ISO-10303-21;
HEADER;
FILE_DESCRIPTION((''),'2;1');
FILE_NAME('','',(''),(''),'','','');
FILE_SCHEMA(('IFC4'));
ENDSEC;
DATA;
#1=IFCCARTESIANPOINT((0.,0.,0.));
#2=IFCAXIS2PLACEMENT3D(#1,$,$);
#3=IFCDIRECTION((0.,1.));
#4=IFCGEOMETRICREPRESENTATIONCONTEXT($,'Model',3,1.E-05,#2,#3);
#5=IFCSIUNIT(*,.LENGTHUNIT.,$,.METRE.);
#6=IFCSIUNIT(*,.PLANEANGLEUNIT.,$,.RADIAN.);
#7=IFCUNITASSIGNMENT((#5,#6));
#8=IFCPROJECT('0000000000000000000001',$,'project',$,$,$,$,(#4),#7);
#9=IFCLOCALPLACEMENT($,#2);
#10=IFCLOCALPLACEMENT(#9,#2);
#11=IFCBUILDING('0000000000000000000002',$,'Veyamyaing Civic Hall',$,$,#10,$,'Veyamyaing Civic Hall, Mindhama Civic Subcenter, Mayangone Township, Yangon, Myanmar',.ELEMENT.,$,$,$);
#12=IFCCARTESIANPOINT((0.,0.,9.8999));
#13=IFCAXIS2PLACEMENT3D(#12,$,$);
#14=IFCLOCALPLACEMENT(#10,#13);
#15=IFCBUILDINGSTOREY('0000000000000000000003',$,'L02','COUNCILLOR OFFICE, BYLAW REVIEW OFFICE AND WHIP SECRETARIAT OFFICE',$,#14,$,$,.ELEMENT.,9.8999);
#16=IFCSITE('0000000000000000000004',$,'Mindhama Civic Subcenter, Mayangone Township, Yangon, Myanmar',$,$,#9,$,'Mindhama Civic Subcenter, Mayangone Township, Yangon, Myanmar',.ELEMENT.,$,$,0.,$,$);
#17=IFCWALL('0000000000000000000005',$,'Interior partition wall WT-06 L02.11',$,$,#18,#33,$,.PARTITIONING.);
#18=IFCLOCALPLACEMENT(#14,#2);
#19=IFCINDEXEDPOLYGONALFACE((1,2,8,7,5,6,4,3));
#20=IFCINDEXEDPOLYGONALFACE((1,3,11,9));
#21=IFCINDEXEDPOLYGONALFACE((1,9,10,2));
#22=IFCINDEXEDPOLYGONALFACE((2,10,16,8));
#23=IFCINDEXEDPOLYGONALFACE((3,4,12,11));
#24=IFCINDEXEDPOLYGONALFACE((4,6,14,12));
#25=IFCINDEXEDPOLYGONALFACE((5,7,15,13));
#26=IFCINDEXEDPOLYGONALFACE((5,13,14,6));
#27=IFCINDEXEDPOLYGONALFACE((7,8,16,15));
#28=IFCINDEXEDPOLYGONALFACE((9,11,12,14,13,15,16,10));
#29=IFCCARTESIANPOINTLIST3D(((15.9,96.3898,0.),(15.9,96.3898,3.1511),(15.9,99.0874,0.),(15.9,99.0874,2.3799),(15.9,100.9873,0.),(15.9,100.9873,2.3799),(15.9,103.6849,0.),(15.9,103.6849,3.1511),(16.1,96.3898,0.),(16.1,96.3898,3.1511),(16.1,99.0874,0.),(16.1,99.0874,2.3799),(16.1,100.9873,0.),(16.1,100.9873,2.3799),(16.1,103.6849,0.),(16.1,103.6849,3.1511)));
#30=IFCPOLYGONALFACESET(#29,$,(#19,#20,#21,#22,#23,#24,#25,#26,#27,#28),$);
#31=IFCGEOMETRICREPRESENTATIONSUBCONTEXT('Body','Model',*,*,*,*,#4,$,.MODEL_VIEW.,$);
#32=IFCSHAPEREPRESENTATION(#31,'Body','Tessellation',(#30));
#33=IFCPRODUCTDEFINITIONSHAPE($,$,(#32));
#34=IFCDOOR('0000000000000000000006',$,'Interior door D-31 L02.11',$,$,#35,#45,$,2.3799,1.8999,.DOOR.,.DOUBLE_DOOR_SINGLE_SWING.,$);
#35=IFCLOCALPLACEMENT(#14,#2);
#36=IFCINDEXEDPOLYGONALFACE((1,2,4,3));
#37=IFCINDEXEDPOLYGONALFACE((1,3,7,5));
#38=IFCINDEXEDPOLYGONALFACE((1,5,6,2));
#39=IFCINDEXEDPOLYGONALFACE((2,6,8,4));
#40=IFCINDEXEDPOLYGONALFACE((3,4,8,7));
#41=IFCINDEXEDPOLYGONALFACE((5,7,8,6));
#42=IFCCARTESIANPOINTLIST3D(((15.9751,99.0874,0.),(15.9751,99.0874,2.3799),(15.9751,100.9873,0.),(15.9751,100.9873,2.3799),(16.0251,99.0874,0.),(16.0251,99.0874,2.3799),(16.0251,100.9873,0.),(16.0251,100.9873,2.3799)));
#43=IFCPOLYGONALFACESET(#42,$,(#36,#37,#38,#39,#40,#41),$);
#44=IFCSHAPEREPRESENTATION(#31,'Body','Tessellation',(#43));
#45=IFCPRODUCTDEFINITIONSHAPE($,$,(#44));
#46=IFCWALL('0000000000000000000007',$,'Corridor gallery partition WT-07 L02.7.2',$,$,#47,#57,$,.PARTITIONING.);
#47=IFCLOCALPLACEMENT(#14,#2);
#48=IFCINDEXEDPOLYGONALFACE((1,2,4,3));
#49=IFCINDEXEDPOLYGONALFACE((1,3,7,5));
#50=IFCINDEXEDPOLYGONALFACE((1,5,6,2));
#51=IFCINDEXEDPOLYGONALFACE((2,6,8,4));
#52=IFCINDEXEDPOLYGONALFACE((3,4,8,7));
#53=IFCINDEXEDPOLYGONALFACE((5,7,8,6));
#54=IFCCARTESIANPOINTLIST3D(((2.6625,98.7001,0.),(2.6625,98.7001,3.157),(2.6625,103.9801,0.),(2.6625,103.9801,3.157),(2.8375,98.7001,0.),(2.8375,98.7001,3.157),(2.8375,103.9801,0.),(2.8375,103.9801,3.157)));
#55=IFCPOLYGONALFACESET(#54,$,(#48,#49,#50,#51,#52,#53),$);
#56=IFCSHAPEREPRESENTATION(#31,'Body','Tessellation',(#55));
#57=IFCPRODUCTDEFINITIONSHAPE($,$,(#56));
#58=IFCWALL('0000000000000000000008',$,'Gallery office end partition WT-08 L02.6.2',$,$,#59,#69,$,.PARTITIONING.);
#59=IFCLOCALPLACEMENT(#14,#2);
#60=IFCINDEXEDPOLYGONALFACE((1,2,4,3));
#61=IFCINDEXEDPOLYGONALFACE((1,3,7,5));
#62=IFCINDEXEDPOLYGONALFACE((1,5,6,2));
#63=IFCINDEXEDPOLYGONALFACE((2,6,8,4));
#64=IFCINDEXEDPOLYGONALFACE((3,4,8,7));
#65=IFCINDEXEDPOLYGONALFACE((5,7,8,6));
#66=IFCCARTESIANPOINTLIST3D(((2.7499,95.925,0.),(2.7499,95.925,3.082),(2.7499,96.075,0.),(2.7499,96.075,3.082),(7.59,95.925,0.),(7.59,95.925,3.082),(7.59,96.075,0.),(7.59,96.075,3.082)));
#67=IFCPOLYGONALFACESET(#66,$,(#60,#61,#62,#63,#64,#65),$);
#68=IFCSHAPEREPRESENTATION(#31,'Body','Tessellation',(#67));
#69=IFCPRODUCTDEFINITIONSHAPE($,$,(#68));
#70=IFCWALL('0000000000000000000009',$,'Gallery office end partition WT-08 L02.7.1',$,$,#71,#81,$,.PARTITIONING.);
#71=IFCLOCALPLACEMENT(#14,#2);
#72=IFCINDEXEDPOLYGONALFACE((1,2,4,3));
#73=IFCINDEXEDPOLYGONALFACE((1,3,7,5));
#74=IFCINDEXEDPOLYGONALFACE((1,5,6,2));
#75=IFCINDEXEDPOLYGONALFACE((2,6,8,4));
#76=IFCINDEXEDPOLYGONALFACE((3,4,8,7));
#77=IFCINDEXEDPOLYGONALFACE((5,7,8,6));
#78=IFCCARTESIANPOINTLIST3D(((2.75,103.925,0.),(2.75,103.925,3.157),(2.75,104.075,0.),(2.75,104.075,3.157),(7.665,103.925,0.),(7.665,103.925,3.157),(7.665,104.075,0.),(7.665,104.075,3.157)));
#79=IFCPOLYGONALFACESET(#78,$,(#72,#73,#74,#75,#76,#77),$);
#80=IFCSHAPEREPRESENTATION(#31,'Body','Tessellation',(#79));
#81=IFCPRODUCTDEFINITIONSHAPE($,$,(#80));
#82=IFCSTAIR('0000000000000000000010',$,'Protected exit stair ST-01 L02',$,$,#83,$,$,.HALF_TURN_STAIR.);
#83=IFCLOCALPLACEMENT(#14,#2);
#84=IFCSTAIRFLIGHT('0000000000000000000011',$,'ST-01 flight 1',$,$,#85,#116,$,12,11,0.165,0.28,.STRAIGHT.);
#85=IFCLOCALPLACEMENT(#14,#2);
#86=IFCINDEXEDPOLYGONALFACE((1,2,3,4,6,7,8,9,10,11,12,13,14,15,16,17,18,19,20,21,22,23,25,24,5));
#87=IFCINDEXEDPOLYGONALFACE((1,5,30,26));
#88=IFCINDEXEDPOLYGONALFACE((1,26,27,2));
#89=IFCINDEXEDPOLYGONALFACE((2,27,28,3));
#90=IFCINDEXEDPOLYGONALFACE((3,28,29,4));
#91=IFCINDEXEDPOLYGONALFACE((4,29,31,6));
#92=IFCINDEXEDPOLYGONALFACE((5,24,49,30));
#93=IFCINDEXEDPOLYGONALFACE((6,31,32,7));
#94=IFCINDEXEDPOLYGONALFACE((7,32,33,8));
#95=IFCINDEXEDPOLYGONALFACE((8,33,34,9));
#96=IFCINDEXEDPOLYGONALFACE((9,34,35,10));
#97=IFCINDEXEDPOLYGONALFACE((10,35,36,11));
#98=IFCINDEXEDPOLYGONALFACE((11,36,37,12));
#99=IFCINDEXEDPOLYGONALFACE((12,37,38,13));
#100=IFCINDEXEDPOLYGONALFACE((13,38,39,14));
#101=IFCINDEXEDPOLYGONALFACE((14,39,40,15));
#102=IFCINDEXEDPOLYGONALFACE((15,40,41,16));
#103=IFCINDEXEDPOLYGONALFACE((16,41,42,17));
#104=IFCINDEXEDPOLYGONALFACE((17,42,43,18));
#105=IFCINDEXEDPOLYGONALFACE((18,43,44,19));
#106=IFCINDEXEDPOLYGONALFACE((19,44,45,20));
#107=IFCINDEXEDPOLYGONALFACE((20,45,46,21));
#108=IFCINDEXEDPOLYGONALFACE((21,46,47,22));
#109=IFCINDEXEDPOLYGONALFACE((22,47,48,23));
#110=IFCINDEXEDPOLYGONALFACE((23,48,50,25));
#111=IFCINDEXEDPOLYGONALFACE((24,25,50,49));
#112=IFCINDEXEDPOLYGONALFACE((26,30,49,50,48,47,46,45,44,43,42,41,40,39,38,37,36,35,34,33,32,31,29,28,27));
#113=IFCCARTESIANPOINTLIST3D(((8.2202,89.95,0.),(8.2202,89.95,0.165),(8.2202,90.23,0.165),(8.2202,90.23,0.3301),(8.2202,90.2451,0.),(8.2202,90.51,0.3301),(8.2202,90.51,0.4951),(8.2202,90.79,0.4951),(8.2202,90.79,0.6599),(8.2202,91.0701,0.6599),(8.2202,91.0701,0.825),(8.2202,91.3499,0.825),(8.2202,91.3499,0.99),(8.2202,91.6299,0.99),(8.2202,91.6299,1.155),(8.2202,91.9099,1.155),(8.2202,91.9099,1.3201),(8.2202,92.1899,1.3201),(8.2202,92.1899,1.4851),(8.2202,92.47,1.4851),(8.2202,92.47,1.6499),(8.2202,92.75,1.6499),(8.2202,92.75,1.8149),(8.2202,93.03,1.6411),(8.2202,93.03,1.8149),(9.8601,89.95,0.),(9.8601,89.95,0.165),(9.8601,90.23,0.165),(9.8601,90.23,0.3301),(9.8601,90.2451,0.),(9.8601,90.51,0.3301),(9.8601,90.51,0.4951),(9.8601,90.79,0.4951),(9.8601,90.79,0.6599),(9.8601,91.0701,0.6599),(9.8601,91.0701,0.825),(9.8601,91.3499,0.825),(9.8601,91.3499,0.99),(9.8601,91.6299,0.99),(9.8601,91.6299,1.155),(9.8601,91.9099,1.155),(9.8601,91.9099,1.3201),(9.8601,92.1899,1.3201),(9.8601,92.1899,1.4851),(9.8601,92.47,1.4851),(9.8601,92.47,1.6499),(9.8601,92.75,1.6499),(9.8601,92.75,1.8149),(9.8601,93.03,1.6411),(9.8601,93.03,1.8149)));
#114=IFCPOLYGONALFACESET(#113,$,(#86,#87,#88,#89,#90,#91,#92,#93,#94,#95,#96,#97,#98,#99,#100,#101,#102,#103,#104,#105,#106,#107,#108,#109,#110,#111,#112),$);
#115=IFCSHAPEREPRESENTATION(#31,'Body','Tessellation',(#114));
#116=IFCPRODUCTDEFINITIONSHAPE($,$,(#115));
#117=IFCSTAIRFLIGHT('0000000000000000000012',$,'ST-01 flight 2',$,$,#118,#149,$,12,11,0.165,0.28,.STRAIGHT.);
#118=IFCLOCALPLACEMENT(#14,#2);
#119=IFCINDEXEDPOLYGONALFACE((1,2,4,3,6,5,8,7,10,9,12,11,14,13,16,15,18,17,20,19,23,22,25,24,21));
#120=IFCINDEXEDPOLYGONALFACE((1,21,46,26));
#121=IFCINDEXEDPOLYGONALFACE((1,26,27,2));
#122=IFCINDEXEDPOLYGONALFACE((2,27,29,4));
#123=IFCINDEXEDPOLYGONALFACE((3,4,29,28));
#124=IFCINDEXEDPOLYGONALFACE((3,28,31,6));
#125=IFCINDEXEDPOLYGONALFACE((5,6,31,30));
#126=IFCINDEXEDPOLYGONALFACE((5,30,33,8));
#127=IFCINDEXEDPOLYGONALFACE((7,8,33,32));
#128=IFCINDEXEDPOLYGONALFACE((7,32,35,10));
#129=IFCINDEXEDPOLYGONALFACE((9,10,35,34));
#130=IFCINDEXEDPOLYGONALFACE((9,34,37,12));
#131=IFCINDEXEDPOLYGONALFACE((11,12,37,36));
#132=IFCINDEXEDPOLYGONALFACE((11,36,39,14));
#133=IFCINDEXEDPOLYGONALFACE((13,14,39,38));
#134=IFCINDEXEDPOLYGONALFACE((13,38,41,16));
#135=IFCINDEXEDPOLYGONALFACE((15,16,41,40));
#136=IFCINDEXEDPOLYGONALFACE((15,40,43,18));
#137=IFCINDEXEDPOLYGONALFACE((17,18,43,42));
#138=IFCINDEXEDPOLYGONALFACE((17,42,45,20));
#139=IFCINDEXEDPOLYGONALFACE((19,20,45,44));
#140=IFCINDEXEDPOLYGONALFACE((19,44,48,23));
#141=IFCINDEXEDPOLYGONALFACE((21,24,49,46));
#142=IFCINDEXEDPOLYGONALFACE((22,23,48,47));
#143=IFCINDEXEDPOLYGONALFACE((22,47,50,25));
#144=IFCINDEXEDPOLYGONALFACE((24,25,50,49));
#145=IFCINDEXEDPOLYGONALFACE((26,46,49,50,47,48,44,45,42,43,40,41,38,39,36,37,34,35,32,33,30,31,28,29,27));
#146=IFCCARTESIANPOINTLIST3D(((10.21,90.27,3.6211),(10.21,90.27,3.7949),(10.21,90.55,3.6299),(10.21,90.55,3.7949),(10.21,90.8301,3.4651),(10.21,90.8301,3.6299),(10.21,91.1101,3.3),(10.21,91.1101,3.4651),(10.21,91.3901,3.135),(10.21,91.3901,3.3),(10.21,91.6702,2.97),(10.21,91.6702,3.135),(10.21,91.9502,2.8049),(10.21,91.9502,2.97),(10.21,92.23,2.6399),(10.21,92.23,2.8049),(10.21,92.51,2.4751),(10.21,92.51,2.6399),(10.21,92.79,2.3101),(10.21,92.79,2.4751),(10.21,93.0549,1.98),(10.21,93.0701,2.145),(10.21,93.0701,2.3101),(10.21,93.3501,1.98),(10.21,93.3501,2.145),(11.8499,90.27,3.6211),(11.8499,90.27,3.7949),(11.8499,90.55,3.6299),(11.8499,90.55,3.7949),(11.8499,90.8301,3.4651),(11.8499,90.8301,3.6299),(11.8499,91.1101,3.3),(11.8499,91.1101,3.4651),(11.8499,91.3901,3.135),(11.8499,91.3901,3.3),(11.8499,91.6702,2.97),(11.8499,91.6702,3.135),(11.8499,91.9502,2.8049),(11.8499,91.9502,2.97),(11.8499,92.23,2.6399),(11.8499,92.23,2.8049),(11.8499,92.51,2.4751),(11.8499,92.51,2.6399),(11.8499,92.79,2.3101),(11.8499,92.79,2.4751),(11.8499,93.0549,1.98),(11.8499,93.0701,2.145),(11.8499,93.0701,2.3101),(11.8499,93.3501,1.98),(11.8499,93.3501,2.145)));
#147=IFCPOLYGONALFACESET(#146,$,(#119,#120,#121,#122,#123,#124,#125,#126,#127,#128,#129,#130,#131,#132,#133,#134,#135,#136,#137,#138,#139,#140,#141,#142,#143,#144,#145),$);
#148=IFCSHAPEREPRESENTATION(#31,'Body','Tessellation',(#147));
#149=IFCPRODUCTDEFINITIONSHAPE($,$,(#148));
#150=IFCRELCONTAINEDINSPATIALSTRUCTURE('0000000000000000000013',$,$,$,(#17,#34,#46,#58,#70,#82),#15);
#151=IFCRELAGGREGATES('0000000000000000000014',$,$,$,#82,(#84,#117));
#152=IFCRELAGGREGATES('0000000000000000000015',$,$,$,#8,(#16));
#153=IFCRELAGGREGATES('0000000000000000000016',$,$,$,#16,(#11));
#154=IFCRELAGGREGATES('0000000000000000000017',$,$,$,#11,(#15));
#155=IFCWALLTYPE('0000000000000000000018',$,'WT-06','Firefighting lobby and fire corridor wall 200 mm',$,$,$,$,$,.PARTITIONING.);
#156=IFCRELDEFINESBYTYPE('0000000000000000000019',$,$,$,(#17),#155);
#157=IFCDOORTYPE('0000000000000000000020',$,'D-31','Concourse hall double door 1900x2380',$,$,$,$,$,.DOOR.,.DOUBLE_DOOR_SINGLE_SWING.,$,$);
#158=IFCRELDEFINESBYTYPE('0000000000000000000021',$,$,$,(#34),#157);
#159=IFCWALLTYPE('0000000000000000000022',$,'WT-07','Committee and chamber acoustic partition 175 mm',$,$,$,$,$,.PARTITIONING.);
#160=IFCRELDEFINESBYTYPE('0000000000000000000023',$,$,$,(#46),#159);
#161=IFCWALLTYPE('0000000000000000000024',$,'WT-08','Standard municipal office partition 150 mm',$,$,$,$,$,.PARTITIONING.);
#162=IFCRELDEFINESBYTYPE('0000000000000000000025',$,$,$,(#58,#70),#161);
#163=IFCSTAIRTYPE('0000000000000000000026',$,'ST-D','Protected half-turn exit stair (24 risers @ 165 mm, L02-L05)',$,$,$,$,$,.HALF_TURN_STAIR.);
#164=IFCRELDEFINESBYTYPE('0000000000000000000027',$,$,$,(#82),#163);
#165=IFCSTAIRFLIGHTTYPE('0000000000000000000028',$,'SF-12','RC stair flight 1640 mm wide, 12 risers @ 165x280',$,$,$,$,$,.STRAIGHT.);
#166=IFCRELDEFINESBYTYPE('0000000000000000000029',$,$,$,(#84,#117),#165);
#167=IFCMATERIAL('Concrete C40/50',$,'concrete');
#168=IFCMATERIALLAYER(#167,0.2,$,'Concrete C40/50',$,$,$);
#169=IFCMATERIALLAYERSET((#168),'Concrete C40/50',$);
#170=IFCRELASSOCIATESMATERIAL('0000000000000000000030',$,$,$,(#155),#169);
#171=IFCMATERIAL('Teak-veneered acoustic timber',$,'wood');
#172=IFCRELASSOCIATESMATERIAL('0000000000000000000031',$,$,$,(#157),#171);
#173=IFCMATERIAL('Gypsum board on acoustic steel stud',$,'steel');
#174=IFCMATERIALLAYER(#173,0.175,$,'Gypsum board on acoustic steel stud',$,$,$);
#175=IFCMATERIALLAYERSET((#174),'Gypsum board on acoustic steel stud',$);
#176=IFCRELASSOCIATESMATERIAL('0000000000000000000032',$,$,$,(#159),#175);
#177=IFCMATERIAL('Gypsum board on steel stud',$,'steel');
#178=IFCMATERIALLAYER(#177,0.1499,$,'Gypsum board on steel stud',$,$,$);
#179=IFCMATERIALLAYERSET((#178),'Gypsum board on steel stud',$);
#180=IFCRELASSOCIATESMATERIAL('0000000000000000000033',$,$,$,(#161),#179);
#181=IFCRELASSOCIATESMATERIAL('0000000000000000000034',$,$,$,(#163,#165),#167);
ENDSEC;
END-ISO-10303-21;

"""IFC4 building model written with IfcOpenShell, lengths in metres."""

from ifc_helpers import new_model, si_unit, direction, frame, frame_2d, origin, place, context, subcontext, project, spatial, polyline, rectangle, outline, extrude, material, layer, layer_set, type_object, element, fill, aggregate, save


model = new_model("IFC4")

# Units and contexts
model_context = context("Model", 3, precision=1e-05, world=origin(), true_north=direction((0.0, 1.0)))
body_context = subcontext(model_context, "Body", "Model", "MODEL_VIEW")
ifc_project = project(units=[si_unit("LENGTHUNIT", "METRE"), si_unit("PLANEANGLEUNIT", "RADIAN")], contexts=[model_context])

# Site, building, storey
site_placement = place(None, origin())
site = spatial("IfcSite", under=ifc_project, at=site_placement, Name="Mindhama Civic Subcenter, Mayangone Township, Yangon, Myanmar", LongName="Mindhama Civic Subcenter, Mayangone Township, Yangon, Myanmar", CompositionType="ELEMENT", RefElevation=0.0)
building_placement = place(site_placement, origin())
building = spatial("IfcBuilding", under=site, at=building_placement, Name="Veyamyaing Civic Hall", LongName="Veyamyaing Civic Hall, Mindhama Civic Subcenter, Mayangone Township, Yangon, Myanmar", CompositionType="ELEMENT")
storey_placement = place(building_placement, frame((0.0, 0.0, 9.8999)))
storey = spatial("IfcBuildingStorey", under=building, at=storey_placement, Name="L02", Description="COUNCILLOR OFFICE, BYLAW REVIEW OFFICE AND WHIP SECRETARIAT OFFICE", CompositionType="ELEMENT", Elevation=9.8999)

# Shared definitions
ifc_material_1 = material(Name="Concrete C40/50", Category="concrete")

# Wall, opening, door
ifc_layer_1 = layer(ifc_material_1, 0.2, Name="Concrete C40/50")
ifc_layer_set_1 = layer_set([ifc_layer_1], Name="Concrete C40/50")
wall_type_1 = type_object("IfcWallType", Name="WT-06", Description="Firefighting lobby and fire corridor wall 200 mm", PredefinedType="PARTITIONING", material=ifc_layer_set_1)
ifc_material_2 = material(Name="Teak-veneered acoustic timber", Category="wood")
wall_1_placement = place(storey_placement, frame((16.0, 96.3899, 0.0), z_axis=(0.0, 0.0, 1.0), x_axis=(0.0, 1.0, 0.0)))
wall_1 = element("IfcWall", 1, at=wall_1_placement, inside=storey, type_object=wall_type_1, Name="Interior partition wall WT-06 L02.11", PredefinedType="PARTITIONING", context=body_context, shape_type="SweptSolid", body=[
    extrude(rectangle(XDim=7.2952, YDim=0.2, at=frame_2d((3.6475, 0.0))), origin(), (0.0, 0.0, 1.0), 3.1511),
])
opening_1_placement = place(wall_1_placement, frame((2.6975, 0.0, 0.0)))
opening_1 = element("IfcOpeningElement", 2, at=opening_1_placement, cuts=wall_1, PredefinedType="OPENING", context=body_context, shape_type="SweptSolid", body=[
    extrude(rectangle(XDim=1.8999, YDim=2.3799, at=frame_2d((0.95, 1.1899))), frame((0.0, 0.1099, 0.0), z_axis=(0.0, -1.0, 0.0), x_axis=(1.0, 0.0, 0.0)), (0.0, 0.0, 1.0), 0.22),
])
door_type_1 = type_object("IfcDoorType", Name="D-31", Description="Concourse hall double door 1900x2380", OperationType="DOUBLE_DOOR_SINGLE_SWING", PredefinedType="DOOR", material=ifc_material_2)
door_1_placement = place(opening_1_placement, origin())
door_1 = element("IfcDoor", 3, at=door_1_placement, inside=storey, type_object=door_type_1, Name="Interior door D-31 L02.11", OperationType="DOUBLE_DOOR_SINGLE_SWING", OverallHeight=2.3799, OverallWidth=1.8999, PredefinedType="DOOR", context=body_context, shape_type="SweptSolid", body=[
    extrude(rectangle(XDim=1.8999, YDim=2.3799, at=frame_2d((0.95, 1.1899))), frame((0.0, 0.0249, 0.0), z_axis=(0.0, -1.0, 0.0), x_axis=(1.0, 0.0, 0.0)), (0.0, 0.0, 1.0), 0.05),
])
fill(opening_1, door_1)

# Walls
ifc_material_3 = material(Name="Gypsum board on acoustic steel stud", Category="steel")
ifc_layer_2 = layer(ifc_material_3, 0.175, Name="Gypsum board on acoustic steel stud")
ifc_layer_set_2 = layer_set([ifc_layer_2], Name="Gypsum board on acoustic steel stud")
wall_type_2 = type_object("IfcWallType", Name="WT-07", Description="Committee and chamber acoustic partition 175 mm", PredefinedType="PARTITIONING", material=ifc_layer_set_2)
wall_2_placement = place(storey_placement, frame((2.75, 98.7, 0.0), z_axis=(0.0, 0.0, 1.0), x_axis=(0.0, 1.0, 0.0)))
element("IfcWall", 4, at=wall_2_placement, inside=storey, type_object=wall_type_2, Name="Corridor gallery partition WT-07 L02.7.2", PredefinedType="PARTITIONING", context=body_context, shape_type="SweptSolid", body=[
    extrude(rectangle(XDim=5.28, YDim=0.175, at=frame_2d((2.6401, 0.0))), origin(), (0.0, 0.0, 1.0), 3.157),
])
ifc_material_4 = material(Name="Gypsum board on steel stud", Category="steel")
ifc_layer_3 = layer(ifc_material_4, 0.1499, Name="Gypsum board on steel stud")
ifc_layer_set_3 = layer_set([ifc_layer_3], Name="Gypsum board on steel stud")
wall_type_3 = type_object("IfcWallType", Name="WT-08", Description="Standard municipal office partition 150 mm", PredefinedType="PARTITIONING", material=ifc_layer_set_3)
wall_3_placement = place(storey_placement, frame((2.75, 96.0, 0.0), z_axis=(0.0, 0.0, 1.0), x_axis=(1.0, 0.0, 0.0)))
element("IfcWall", 5, at=wall_3_placement, inside=storey, type_object=wall_type_3, Name="Gallery office end partition WT-08 L02.6.2", PredefinedType="PARTITIONING", context=body_context, shape_type="SweptSolid", body=[
    extrude(rectangle(XDim=4.8401, YDim=0.1499, at=frame_2d((2.4199, 0.0))), origin(), (0.0, 0.0, 1.0), 3.082),
])
wall_4_placement = place(storey_placement, frame((2.75, 104.0, 0.0), z_axis=(0.0, 0.0, 1.0), x_axis=(1.0, 0.0, 0.0)))
element("IfcWall", 6, at=wall_4_placement, inside=storey, type_object=wall_type_3, Name="Gallery office end partition WT-08 L02.7.1", PredefinedType="PARTITIONING", context=body_context, shape_type="SweptSolid", body=[
    extrude(rectangle(XDim=4.915, YDim=0.1499, at=frame_2d((2.4575, 0.0))), origin(), (0.0, 0.0, 1.0), 3.157),
])

# Stair, stair flights
stair_type = type_object("IfcStairType", Name="ST-D", Description="Protected half-turn exit stair (24 risers @ 165 mm, L02-L05)", PredefinedType="HALF_TURN_STAIR", material=ifc_material_1)
stair_placement = place(storey_placement, origin())
stair = element("IfcStair", 7, at=stair_placement, inside=storey, type_object=stair_type, Name="Protected exit stair ST-01 L02", PredefinedType="HALF_TURN_STAIR")
stair_flight_type = type_object("IfcStairFlightType", Name="SF-12", Description="RC stair flight 1640 mm wide, 12 risers @ 165x280", PredefinedType="STRAIGHT", material=ifc_material_1)
stair_flight_1_placement = place(storey_placement, frame((9.04, 89.95, 0.0), z_axis=(0.0, 0.0, 1.0), x_axis=(0.0, 1.0, 0.0)))
stair_flight_1 = element("IfcStairFlight", 8, at=stair_flight_1_placement, type_object=stair_flight_type, Name="ST-01 flight 1", NumberOfRisers=12, NumberOfTreads=11, PredefinedType="STRAIGHT", RiserHeight=0.165, TreadLength=0.28, context=body_context, shape_type="SweptSolid", body=[
    extrude(outline(polyline([(0.0, 0.0), (0.0, 0.165), (0.28, 0.165), (0.28, 0.3301), (0.5601, 0.3301), (0.5601, 0.4951), (0.8401, 0.4951), (0.8401, 0.6599), (1.1201, 0.6599), (1.1201, 0.825), (1.3999, 0.825), (1.3999, 0.99), (1.6799, 0.99), (1.6799, 1.155), (1.96, 1.155), (1.96, 1.3201), (2.24, 1.3201), (2.24, 1.4851), (2.52, 1.4851), (2.52, 1.6499), (2.8, 1.6499), (2.8, 1.8149), (3.0801, 1.8149), (3.0801, 1.98), (3.0801, 1.6411), (0.2952, 0.0), (0.0, 0.0)])), frame((0.0, 0.8198, 0.0), z_axis=(0.0, -1.0, 0.0), x_axis=(1.0, 0.0, 0.0)), (0.0, 0.0, 1.0), 1.6399),
])
stair_flight_2_placement = place(storey_placement, frame((11.03, 93.3501, 1.98), z_axis=(0.0, 0.0, 1.0), x_axis=(0.0, -1.0, 0.0)))
stair_flight_2 = element("IfcStairFlight", 9, at=stair_flight_2_placement, type_object=stair_flight_type, Name="ST-01 flight 2", NumberOfRisers=12, NumberOfTreads=11, PredefinedType="STRAIGHT", RiserHeight=0.165, TreadLength=0.28, context=body_context, shape_type="SweptSolid", body=[
    extrude(outline(polyline([(0.0, 0.0), (0.0, 0.165), (0.28, 0.165), (0.28, 0.3301), (0.5601, 0.3301), (0.5601, 0.4951), (0.8401, 0.4951), (0.8401, 0.6599), (1.1201, 0.6599), (1.1201, 0.825), (1.3999, 0.825), (1.3999, 0.99), (1.6799, 0.99), (1.6799, 1.155), (1.96, 1.155), (1.96, 1.3201), (2.24, 1.3201), (2.24, 1.4851), (2.52, 1.4851), (2.52, 1.6499), (2.8, 1.6499), (2.8, 1.8149), (3.0801, 1.8149), (3.0801, 1.98), (3.0801, 1.6411), (0.2952, 0.0), (0.0, 0.0)])), frame((0.0, 0.8198, 0.0), z_axis=(0.0, -1.0, 0.0), x_axis=(1.0, 0.0, 0.0)), (0.0, 0.0, 1.0), 1.6399),
])
aggregate(stair, [stair_flight_1, stair_flight_2])

save(model, "model.ifc")
